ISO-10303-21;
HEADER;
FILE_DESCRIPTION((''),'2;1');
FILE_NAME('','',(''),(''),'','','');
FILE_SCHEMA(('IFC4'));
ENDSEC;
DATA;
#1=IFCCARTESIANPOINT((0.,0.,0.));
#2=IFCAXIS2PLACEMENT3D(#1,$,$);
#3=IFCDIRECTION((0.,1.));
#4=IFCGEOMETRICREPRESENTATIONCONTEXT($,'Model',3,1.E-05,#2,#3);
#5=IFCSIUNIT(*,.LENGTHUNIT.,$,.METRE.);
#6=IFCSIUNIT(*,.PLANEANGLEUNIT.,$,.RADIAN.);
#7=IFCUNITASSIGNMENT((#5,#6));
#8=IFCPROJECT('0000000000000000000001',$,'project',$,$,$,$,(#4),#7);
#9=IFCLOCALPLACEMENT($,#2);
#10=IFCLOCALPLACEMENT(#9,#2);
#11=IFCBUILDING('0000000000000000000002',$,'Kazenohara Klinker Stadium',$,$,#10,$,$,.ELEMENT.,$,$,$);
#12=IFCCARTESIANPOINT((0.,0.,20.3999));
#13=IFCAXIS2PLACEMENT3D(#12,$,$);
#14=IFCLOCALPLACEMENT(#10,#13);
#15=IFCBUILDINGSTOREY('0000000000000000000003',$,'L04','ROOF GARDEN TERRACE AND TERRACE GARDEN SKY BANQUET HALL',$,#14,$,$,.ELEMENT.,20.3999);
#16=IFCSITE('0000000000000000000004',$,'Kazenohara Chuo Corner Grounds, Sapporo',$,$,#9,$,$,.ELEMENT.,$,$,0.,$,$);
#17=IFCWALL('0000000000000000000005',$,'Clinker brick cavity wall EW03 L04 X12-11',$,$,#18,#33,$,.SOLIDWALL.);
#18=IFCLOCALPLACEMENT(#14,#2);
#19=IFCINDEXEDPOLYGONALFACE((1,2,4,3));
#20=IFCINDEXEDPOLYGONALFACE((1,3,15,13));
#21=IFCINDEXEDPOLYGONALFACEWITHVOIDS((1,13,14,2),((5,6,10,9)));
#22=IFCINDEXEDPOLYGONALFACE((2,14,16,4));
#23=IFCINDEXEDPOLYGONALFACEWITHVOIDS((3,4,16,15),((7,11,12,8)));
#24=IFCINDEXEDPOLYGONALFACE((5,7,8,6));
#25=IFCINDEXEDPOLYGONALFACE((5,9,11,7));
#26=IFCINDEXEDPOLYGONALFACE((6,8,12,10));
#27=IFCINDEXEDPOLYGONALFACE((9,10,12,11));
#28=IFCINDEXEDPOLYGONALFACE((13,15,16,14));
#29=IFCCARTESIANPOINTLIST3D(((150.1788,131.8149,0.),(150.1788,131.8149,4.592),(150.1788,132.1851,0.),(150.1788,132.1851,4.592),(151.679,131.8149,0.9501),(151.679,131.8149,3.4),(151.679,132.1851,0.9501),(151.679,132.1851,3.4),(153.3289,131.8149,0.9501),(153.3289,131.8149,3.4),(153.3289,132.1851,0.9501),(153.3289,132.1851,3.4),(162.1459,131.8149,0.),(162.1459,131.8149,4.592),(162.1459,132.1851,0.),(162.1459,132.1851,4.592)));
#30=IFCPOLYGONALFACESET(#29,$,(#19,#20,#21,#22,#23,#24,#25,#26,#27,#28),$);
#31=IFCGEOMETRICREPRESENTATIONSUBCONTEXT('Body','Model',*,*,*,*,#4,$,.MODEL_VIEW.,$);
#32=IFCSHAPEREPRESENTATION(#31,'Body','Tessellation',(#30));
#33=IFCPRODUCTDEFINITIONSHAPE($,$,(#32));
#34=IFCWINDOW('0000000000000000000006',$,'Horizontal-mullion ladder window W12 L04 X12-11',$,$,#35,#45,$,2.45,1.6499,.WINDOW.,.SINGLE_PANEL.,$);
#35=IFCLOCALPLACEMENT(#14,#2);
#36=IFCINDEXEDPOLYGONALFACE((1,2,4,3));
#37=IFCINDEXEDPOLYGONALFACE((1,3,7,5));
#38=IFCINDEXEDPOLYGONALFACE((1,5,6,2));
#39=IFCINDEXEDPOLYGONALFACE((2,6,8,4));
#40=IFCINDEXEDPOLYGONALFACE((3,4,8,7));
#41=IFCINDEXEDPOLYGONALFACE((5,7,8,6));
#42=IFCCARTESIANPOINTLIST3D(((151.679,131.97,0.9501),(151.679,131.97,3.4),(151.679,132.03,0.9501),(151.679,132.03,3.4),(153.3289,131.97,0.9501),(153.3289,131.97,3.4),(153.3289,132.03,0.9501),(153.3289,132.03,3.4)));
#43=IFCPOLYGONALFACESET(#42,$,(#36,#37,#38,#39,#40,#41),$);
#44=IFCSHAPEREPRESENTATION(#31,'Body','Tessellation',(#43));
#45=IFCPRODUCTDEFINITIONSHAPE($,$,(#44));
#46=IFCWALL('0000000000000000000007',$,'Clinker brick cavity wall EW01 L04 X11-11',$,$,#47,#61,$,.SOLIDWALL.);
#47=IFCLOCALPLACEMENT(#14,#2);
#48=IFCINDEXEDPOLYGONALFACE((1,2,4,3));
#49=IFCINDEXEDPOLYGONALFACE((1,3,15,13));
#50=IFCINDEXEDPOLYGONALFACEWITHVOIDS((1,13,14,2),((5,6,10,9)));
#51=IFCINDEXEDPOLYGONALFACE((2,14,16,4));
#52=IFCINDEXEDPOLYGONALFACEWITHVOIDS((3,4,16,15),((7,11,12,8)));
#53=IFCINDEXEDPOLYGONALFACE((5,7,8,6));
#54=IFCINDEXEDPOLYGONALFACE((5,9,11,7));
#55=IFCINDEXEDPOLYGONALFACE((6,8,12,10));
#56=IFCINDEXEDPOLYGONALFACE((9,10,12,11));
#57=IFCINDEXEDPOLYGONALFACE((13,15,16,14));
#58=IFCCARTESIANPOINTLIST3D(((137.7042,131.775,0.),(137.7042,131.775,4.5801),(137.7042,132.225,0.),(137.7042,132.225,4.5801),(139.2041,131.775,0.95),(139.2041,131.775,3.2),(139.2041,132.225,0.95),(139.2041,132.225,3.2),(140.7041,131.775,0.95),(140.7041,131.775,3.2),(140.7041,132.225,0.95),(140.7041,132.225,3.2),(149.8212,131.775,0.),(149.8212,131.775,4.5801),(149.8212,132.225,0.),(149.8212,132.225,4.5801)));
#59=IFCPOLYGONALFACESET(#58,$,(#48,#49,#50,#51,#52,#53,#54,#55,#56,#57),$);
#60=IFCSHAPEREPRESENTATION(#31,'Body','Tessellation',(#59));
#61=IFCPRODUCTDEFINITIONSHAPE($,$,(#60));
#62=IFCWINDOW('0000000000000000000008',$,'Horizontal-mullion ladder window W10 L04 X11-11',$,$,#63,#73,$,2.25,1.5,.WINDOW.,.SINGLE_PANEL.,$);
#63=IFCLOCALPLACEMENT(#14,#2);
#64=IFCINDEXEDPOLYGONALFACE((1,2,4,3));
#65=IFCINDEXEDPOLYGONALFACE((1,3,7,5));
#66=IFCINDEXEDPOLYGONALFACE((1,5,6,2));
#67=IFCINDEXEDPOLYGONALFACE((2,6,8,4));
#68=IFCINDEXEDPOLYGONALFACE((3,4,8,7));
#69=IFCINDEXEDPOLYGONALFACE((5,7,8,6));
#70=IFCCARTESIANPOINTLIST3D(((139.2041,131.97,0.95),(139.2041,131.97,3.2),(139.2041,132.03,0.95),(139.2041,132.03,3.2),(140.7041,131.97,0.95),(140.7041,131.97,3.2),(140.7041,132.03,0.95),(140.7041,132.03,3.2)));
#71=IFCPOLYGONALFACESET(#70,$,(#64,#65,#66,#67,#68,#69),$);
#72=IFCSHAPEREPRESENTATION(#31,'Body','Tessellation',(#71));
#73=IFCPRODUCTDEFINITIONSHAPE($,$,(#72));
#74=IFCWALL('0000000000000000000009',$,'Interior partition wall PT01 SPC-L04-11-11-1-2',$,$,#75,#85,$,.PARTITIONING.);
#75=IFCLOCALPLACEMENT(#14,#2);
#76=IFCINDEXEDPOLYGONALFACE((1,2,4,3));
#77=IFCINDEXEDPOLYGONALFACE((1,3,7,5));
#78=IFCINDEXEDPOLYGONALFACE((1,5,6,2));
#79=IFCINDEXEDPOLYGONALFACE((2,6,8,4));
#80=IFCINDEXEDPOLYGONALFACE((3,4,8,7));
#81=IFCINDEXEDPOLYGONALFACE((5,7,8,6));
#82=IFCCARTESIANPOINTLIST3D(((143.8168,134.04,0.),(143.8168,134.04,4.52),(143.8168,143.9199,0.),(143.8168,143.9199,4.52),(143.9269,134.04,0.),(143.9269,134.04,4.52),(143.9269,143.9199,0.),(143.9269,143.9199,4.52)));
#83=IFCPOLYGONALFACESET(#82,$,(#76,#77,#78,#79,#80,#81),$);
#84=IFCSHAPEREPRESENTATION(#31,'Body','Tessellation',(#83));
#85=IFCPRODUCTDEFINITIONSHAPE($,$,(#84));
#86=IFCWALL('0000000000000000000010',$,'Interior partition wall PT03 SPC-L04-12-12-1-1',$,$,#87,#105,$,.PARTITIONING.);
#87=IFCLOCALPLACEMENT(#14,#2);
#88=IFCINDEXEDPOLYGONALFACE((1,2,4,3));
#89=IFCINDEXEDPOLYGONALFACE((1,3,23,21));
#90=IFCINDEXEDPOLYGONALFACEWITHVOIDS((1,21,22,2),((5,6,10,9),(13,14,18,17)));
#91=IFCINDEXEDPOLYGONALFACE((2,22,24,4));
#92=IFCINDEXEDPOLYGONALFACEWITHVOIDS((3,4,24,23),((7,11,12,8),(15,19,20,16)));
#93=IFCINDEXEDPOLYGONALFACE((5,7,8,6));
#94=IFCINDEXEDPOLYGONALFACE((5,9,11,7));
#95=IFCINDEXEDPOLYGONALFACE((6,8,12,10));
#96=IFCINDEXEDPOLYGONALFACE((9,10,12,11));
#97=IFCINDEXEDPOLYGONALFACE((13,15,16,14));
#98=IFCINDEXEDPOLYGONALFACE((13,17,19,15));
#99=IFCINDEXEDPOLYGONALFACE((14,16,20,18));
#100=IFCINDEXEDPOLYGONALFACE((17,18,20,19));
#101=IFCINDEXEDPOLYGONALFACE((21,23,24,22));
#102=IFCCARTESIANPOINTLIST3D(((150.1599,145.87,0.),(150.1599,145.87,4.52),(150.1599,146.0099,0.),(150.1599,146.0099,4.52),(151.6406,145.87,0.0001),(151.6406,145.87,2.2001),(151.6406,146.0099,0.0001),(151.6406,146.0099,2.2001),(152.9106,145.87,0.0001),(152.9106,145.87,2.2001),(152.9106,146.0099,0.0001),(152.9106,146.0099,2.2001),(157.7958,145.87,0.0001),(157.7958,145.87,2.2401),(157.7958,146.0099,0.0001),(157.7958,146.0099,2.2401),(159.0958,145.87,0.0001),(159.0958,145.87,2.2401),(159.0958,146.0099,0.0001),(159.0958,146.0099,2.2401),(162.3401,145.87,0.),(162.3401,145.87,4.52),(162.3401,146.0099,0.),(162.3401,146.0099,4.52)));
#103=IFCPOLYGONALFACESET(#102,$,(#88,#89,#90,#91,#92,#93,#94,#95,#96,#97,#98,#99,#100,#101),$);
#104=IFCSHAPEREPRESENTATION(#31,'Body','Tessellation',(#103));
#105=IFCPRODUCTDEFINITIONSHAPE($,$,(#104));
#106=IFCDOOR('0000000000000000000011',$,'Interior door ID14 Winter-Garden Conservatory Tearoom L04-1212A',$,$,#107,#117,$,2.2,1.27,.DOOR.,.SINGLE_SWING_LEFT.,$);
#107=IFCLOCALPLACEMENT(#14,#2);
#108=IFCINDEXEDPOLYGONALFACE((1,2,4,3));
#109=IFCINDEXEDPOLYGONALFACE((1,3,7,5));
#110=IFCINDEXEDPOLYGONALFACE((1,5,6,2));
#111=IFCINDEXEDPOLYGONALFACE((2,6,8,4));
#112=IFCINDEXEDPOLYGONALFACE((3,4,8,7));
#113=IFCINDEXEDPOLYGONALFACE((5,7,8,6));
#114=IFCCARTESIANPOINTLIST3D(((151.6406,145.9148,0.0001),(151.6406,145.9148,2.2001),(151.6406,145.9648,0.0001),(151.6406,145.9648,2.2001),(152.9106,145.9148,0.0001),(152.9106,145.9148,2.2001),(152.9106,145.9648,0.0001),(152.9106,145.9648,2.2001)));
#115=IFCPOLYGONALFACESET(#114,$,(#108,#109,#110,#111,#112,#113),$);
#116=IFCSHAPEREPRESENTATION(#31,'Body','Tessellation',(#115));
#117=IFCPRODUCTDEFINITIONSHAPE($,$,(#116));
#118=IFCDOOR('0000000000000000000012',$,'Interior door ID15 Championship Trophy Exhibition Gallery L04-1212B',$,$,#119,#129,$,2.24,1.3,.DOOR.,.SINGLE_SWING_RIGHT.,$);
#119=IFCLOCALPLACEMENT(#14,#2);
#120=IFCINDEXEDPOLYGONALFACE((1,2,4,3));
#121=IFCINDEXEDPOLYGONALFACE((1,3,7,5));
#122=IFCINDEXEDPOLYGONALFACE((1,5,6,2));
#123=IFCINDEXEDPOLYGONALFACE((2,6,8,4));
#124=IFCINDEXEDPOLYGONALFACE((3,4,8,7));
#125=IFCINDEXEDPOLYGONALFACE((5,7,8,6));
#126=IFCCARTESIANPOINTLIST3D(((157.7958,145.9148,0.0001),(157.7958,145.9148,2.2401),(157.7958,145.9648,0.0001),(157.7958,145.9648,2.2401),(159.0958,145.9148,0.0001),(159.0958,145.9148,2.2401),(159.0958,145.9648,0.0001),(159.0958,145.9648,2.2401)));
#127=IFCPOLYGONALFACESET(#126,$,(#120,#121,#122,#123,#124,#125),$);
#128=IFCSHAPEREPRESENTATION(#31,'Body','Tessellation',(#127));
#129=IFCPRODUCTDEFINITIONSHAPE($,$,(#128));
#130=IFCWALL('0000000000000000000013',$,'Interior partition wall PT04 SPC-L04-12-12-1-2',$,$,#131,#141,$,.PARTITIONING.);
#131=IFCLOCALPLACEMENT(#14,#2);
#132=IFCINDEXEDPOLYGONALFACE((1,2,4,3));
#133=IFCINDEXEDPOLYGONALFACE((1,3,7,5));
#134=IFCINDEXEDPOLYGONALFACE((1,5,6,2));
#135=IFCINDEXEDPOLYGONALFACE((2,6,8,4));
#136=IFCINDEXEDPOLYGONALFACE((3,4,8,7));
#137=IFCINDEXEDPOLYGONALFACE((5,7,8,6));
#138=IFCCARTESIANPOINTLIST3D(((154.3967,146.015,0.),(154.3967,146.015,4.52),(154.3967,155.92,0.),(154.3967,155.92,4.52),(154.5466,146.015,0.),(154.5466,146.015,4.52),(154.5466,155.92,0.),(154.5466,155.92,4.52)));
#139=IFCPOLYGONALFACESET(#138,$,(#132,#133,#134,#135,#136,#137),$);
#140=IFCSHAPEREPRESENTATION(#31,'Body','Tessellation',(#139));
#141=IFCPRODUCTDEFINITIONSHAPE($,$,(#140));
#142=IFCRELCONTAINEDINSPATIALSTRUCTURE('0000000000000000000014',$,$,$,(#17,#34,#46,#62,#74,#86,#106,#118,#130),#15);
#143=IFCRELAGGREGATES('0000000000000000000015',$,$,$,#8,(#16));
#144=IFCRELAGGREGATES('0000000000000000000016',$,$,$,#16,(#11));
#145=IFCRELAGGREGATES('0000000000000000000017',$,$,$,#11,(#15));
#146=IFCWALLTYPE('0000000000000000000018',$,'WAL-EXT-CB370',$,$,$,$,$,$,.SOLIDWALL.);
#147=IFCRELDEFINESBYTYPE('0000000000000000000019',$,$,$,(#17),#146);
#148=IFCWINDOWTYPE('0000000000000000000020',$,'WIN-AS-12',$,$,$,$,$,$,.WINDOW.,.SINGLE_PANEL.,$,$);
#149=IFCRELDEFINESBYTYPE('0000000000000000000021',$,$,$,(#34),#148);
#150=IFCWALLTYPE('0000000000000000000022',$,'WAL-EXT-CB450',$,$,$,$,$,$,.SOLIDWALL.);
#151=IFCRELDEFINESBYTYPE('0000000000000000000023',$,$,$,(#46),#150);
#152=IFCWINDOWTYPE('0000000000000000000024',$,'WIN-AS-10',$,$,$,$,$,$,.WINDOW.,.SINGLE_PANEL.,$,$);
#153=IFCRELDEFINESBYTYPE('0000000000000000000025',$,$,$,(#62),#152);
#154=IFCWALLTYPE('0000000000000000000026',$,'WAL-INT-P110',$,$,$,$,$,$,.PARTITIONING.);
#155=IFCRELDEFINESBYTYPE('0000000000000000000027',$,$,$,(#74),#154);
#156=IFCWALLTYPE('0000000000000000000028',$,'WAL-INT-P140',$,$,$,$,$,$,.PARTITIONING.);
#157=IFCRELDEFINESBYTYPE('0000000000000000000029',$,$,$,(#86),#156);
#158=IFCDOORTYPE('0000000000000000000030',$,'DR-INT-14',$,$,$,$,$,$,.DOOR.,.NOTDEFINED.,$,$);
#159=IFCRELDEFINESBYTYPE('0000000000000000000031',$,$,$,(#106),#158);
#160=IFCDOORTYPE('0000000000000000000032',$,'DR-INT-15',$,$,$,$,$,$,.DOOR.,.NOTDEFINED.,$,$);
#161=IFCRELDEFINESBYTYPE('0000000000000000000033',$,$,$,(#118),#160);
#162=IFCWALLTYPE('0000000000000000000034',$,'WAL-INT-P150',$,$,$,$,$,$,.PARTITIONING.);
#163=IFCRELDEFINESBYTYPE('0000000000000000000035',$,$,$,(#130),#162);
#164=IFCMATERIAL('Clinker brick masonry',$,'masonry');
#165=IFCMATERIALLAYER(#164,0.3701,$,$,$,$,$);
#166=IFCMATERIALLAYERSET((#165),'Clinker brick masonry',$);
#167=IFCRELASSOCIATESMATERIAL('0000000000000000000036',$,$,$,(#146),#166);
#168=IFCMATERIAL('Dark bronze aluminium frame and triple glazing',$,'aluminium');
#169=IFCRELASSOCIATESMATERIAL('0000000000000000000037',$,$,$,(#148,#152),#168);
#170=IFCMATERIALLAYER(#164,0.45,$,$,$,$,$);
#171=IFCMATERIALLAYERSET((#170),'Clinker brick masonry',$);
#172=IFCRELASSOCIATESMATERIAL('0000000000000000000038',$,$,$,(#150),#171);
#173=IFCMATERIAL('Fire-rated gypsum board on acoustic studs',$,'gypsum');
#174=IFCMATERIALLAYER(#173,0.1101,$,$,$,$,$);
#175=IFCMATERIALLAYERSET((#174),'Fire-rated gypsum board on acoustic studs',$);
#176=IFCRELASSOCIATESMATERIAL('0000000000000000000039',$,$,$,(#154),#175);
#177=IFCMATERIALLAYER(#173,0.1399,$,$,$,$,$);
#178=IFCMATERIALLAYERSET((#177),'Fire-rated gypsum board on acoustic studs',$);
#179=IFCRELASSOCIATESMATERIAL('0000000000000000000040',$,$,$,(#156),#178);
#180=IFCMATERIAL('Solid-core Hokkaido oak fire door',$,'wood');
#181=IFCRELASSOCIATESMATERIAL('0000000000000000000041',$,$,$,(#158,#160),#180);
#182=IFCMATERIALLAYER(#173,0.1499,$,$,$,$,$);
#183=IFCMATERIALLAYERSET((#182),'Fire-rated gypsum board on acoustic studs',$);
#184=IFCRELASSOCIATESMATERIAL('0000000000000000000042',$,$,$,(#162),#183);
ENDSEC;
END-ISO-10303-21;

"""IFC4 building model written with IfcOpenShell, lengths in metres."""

from ifc_helpers import new_model, si_unit, direction, frame, frame_2d, origin, place, context, subcontext, project, spatial, rectangle, extrude, material, layer, layer_set, type_object, element, fill, save


model = new_model("IFC4")

# Units and contexts
model_context = context("Model", 3, precision=1e-05, world=origin(), true_north=direction((0.0, 1.0)))
body_context = subcontext(model_context, "Body", "Model", "MODEL_VIEW")
ifc_project = project(units=[si_unit("LENGTHUNIT", "METRE"), si_unit("PLANEANGLEUNIT", "RADIAN")], contexts=[model_context])

# Site, building, storey
site_placement = place(None, origin())
site = spatial("IfcSite", under=ifc_project, at=site_placement, Name="Kazenohara Chuo Corner Grounds, Sapporo", CompositionType="ELEMENT", RefElevation=0.0)
building_placement = place(site_placement, origin())
building = spatial("IfcBuilding", under=site, at=building_placement, Name="Kazenohara Klinker Stadium", CompositionType="ELEMENT")
storey_placement = place(building_placement, frame((0.0, 0.0, 20.3999)))
storey = spatial("IfcBuildingStorey", under=building, at=storey_placement, Name="L04", Description="ROOF GARDEN TERRACE AND TERRACE GARDEN SKY BANQUET HALL", CompositionType="ELEMENT", Elevation=20.3999)

# Walls, openings, windows
ifc_material_1 = material(Name="Clinker brick masonry", Category="masonry")
ifc_layer_1 = layer(ifc_material_1, 0.3701)
ifc_layer_set_1 = layer_set([ifc_layer_1], Name="Clinker brick masonry")
wall_type_1 = type_object("IfcWallType", Name="WAL-EXT-CB370", PredefinedType="SOLIDWALL", material=ifc_layer_set_1)
wall_1_placement = place(storey_placement, frame((150.179, 132.0, 0.0), z_axis=(0.0, 0.0, 1.0), x_axis=(1.0, 0.0, 0.0)))
wall_1 = element("IfcWall", 1, at=wall_1_placement, inside=storey, type_object=wall_type_1, Name="Clinker brick cavity wall EW03 L04 X12-11", PredefinedType="SOLIDWALL", context=body_context, shape_type="SweptSolid", body=[
    extrude(rectangle(XDim=11.967, YDim=0.3701, at=frame_2d((5.9834, 0.0))), origin(), (0.0, 0.0, 1.0), 4.592),
])
opening_1_placement = place(wall_1_placement, frame((1.5, 0.0, 0.95)))
opening_1 = element("IfcOpeningElement", 2, at=opening_1_placement, cuts=wall_1, PredefinedType="OPENING", context=body_context, shape_type="SweptSolid", body=[
    extrude(rectangle(XDim=1.6499, YDim=2.45, at=frame_2d((0.825, 1.2251))), frame((0.0, 0.1951, 0.0), z_axis=(0.0, -1.0, 0.0), x_axis=(1.0, 0.0, 0.0)), (0.0, 0.0, 1.0), 0.3901),
])
ifc_material_2 = material(Name="Dark bronze aluminium frame and triple glazing", Category="aluminium")
window_type_1 = type_object("IfcWindowType", Name="WIN-AS-12", PartitioningType="SINGLE_PANEL", PredefinedType="WINDOW", material=ifc_material_2)
window_1_placement = place(opening_1_placement, origin())
window_1 = element("IfcWindow", 3, at=window_1_placement, inside=storey, type_object=window_type_1, Name="Horizontal-mullion ladder window W12 L04 X12-11", OverallHeight=2.45, OverallWidth=1.6499, PartitioningType="SINGLE_PANEL", PredefinedType="WINDOW", context=body_context, shape_type="SweptSolid", body=[
    extrude(rectangle(XDim=1.6499, YDim=2.45, at=frame_2d((0.825, 1.2251))), frame((0.0, 0.03, 0.0), z_axis=(0.0, -1.0, 0.0), x_axis=(1.0, 0.0, 0.0)), (0.0, 0.0, 1.0), 0.0601),
])
fill(opening_1, window_1)
ifc_layer_2 = layer(ifc_material_1, 0.45)
ifc_layer_set_2 = layer_set([ifc_layer_2], Name="Clinker brick masonry")
wall_type_2 = type_object("IfcWallType", Name="WAL-EXT-CB450", PredefinedType="SOLIDWALL", material=ifc_layer_set_2)
wall_2_placement = place(storey_placement, frame((137.7041, 132.0, 0.0), z_axis=(0.0, 0.0, 1.0), x_axis=(1.0, 0.0, 0.0)))
wall_2 = element("IfcWall", 4, at=wall_2_placement, inside=storey, type_object=wall_type_2, Name="Clinker brick cavity wall EW01 L04 X11-11", PredefinedType="SOLIDWALL", context=body_context, shape_type="SweptSolid", body=[
    extrude(rectangle(XDim=12.1169, YDim=0.45, at=frame_2d((6.0586, 0.0))), origin(), (0.0, 0.0, 1.0), 4.5801),
])
opening_2_placement = place(wall_2_placement, frame((1.5, 0.0, 0.95)))
opening_2 = element("IfcOpeningElement", 5, at=opening_2_placement, cuts=wall_2, PredefinedType="OPENING", context=body_context, shape_type="SweptSolid", body=[
    extrude(rectangle(XDim=1.5, YDim=2.25, at=frame_2d((0.75, 1.125))), frame((0.0, 0.2349, 0.0), z_axis=(0.0, -1.0, 0.0), x_axis=(1.0, 0.0, 0.0)), (0.0, 0.0, 1.0), 0.47),
])
window_type_2 = type_object("IfcWindowType", Name="WIN-AS-10", PartitioningType="SINGLE_PANEL", PredefinedType="WINDOW", material=ifc_material_2)
window_2_placement = place(opening_2_placement, origin())
window_2 = element("IfcWindow", 6, at=window_2_placement, inside=storey, type_object=window_type_2, Name="Horizontal-mullion ladder window W10 L04 X11-11", OverallHeight=2.25, OverallWidth=1.5, PartitioningType="SINGLE_PANEL", PredefinedType="WINDOW", context=body_context, shape_type="SweptSolid", body=[
    extrude(rectangle(XDim=1.5, YDim=2.25, at=frame_2d((0.75, 1.125))), frame((0.0, 0.03, 0.0), z_axis=(0.0, -1.0, 0.0), x_axis=(1.0, 0.0, 0.0)), (0.0, 0.0, 1.0), 0.0601),
])
fill(opening_2, window_2)

# Wall
ifc_material_3 = material(Name="Fire-rated gypsum board on acoustic studs", Category="gypsum")
ifc_layer_3 = layer(ifc_material_3, 0.1101)
ifc_layer_set_3 = layer_set([ifc_layer_3], Name="Fire-rated gypsum board on acoustic studs")
wall_type_3 = type_object("IfcWallType", Name="WAL-INT-P110", PredefinedType="PARTITIONING", material=ifc_layer_set_3)
wall_3_placement = place(storey_placement, frame((143.8718, 134.04, 0.0), z_axis=(0.0, 0.0, 1.0), x_axis=(0.0, 1.0, 0.0)))
element("IfcWall", 7, at=wall_3_placement, inside=storey, type_object=wall_type_3, Name="Interior partition wall PT01 SPC-L04-11-11-1-2", PredefinedType="PARTITIONING", context=body_context, shape_type="SweptSolid", body=[
    extrude(rectangle(XDim=9.8799, YDim=0.1101, at=frame_2d((4.9399, 0.0))), origin(), (0.0, 0.0, 1.0), 4.52),
])

# Wall, openings, doors
ifc_layer_4 = layer(ifc_material_3, 0.1399)
ifc_layer_set_4 = layer_set([ifc_layer_4], Name="Fire-rated gypsum board on acoustic studs")
wall_type_4 = type_object("IfcWallType", Name="WAL-INT-P140", PredefinedType="PARTITIONING", material=ifc_layer_set_4)
wall_4_placement = place(storey_placement, frame((150.1599, 145.9399, 0.0), z_axis=(0.0, 0.0, 1.0), x_axis=(1.0, 0.0, 0.0)))
wall_4 = element("IfcWall", 8, at=wall_4_placement, inside=storey, type_object=wall_type_4, Name="Interior partition wall PT03 SPC-L04-12-12-1-1", PredefinedType="PARTITIONING", context=body_context, shape_type="SweptSolid", body=[
    extrude(rectangle(XDim=12.1802, YDim=0.1399, at=frame_2d((6.0901, 0.0))), origin(), (0.0, 0.0, 1.0), 4.52),
])
opening_3_placement = place(wall_4_placement, frame((1.4807, 0.0, 0.0)))
opening_3 = element("IfcOpeningElement", 9, at=opening_3_placement, cuts=wall_4, PredefinedType="OPENING", context=body_context, shape_type="SweptSolid", body=[
    extrude(rectangle(XDim=1.27, YDim=2.2, at=frame_2d((0.635, 1.1001))), frame((0.0, 0.0801, 0.0), z_axis=(0.0, -1.0, 0.0), x_axis=(1.0, 0.0, 0.0)), (0.0, 0.0, 1.0), 0.1599),
])
opening_4_placement = place(wall_4_placement, frame((7.636, 0.0, 0.0)))
opening_4 = element("IfcOpeningElement", 10, at=opening_4_placement, cuts=wall_4, PredefinedType="OPENING", context=body_context, shape_type="SweptSolid", body=[
    extrude(rectangle(XDim=1.3, YDim=2.24, at=frame_2d((0.6499, 1.1201))), frame((0.0, 0.0801, 0.0), z_axis=(0.0, -1.0, 0.0), x_axis=(1.0, 0.0, 0.0)), (0.0, 0.0, 1.0), 0.1599),
])
ifc_material_4 = material(Name="Solid-core Hokkaido oak fire door", Category="wood")
door_type_1 = type_object("IfcDoorType", Name="DR-INT-14", OperationType="NOTDEFINED", PredefinedType="DOOR", material=ifc_material_4)
door_1_placement = place(opening_3_placement, origin())
door_1 = element("IfcDoor", 11, at=door_1_placement, inside=storey, type_object=door_type_1, Name="Interior door ID14 Winter-Garden Conservatory Tearoom L04-1212A", OperationType="SINGLE_SWING_LEFT", OverallHeight=2.2, OverallWidth=1.27, PredefinedType="DOOR", context=body_context, shape_type="SweptSolid", body=[
    extrude(rectangle(XDim=1.27, YDim=2.2, at=frame_2d((0.635, 1.1001))), frame((0.0, 0.0249, 0.0), z_axis=(0.0, -1.0, 0.0), x_axis=(1.0, 0.0, 0.0)), (0.0, 0.0, 1.0), 0.05),
])
fill(opening_3, door_1)
door_type_2 = type_object("IfcDoorType", Name="DR-INT-15", OperationType="NOTDEFINED", PredefinedType="DOOR", material=ifc_material_4)
door_2_placement = place(opening_4_placement, origin())
door_2 = element("IfcDoor", 12, at=door_2_placement, inside=storey, type_object=door_type_2, Name="Interior door ID15 Championship Trophy Exhibition Gallery L04-1212B", OperationType="SINGLE_SWING_RIGHT", OverallHeight=2.24, OverallWidth=1.3, PredefinedType="DOOR", context=body_context, shape_type="SweptSolid", body=[
    extrude(rectangle(XDim=1.3, YDim=2.24, at=frame_2d((0.6499, 1.1201))), frame((0.0, 0.0249, 0.0), z_axis=(0.0, -1.0, 0.0), x_axis=(1.0, 0.0, 0.0)), (0.0, 0.0, 1.0), 0.05),
])
fill(opening_4, door_2)

# Wall
ifc_layer_5 = layer(ifc_material_3, 0.1499)
ifc_layer_set_5 = layer_set([ifc_layer_5], Name="Fire-rated gypsum board on acoustic studs")
wall_type_5 = type_object("IfcWallType", Name="WAL-INT-P150", PredefinedType="PARTITIONING", material=ifc_layer_set_5)
wall_5_placement = place(storey_placement, frame((154.4717, 146.0149, 0.0), z_axis=(0.0, 0.0, 1.0), x_axis=(0.0, 1.0, 0.0)))
element("IfcWall", 13, at=wall_5_placement, inside=storey, type_object=wall_type_5, Name="Interior partition wall PT04 SPC-L04-12-12-1-2", PredefinedType="PARTITIONING", context=body_context, shape_type="SweptSolid", body=[
    extrude(rectangle(XDim=9.905, YDim=0.1499, at=frame_2d((4.9526, 0.0))), origin(), (0.0, 0.0, 1.0), 4.52),
])

save(model, "model.ifc")
